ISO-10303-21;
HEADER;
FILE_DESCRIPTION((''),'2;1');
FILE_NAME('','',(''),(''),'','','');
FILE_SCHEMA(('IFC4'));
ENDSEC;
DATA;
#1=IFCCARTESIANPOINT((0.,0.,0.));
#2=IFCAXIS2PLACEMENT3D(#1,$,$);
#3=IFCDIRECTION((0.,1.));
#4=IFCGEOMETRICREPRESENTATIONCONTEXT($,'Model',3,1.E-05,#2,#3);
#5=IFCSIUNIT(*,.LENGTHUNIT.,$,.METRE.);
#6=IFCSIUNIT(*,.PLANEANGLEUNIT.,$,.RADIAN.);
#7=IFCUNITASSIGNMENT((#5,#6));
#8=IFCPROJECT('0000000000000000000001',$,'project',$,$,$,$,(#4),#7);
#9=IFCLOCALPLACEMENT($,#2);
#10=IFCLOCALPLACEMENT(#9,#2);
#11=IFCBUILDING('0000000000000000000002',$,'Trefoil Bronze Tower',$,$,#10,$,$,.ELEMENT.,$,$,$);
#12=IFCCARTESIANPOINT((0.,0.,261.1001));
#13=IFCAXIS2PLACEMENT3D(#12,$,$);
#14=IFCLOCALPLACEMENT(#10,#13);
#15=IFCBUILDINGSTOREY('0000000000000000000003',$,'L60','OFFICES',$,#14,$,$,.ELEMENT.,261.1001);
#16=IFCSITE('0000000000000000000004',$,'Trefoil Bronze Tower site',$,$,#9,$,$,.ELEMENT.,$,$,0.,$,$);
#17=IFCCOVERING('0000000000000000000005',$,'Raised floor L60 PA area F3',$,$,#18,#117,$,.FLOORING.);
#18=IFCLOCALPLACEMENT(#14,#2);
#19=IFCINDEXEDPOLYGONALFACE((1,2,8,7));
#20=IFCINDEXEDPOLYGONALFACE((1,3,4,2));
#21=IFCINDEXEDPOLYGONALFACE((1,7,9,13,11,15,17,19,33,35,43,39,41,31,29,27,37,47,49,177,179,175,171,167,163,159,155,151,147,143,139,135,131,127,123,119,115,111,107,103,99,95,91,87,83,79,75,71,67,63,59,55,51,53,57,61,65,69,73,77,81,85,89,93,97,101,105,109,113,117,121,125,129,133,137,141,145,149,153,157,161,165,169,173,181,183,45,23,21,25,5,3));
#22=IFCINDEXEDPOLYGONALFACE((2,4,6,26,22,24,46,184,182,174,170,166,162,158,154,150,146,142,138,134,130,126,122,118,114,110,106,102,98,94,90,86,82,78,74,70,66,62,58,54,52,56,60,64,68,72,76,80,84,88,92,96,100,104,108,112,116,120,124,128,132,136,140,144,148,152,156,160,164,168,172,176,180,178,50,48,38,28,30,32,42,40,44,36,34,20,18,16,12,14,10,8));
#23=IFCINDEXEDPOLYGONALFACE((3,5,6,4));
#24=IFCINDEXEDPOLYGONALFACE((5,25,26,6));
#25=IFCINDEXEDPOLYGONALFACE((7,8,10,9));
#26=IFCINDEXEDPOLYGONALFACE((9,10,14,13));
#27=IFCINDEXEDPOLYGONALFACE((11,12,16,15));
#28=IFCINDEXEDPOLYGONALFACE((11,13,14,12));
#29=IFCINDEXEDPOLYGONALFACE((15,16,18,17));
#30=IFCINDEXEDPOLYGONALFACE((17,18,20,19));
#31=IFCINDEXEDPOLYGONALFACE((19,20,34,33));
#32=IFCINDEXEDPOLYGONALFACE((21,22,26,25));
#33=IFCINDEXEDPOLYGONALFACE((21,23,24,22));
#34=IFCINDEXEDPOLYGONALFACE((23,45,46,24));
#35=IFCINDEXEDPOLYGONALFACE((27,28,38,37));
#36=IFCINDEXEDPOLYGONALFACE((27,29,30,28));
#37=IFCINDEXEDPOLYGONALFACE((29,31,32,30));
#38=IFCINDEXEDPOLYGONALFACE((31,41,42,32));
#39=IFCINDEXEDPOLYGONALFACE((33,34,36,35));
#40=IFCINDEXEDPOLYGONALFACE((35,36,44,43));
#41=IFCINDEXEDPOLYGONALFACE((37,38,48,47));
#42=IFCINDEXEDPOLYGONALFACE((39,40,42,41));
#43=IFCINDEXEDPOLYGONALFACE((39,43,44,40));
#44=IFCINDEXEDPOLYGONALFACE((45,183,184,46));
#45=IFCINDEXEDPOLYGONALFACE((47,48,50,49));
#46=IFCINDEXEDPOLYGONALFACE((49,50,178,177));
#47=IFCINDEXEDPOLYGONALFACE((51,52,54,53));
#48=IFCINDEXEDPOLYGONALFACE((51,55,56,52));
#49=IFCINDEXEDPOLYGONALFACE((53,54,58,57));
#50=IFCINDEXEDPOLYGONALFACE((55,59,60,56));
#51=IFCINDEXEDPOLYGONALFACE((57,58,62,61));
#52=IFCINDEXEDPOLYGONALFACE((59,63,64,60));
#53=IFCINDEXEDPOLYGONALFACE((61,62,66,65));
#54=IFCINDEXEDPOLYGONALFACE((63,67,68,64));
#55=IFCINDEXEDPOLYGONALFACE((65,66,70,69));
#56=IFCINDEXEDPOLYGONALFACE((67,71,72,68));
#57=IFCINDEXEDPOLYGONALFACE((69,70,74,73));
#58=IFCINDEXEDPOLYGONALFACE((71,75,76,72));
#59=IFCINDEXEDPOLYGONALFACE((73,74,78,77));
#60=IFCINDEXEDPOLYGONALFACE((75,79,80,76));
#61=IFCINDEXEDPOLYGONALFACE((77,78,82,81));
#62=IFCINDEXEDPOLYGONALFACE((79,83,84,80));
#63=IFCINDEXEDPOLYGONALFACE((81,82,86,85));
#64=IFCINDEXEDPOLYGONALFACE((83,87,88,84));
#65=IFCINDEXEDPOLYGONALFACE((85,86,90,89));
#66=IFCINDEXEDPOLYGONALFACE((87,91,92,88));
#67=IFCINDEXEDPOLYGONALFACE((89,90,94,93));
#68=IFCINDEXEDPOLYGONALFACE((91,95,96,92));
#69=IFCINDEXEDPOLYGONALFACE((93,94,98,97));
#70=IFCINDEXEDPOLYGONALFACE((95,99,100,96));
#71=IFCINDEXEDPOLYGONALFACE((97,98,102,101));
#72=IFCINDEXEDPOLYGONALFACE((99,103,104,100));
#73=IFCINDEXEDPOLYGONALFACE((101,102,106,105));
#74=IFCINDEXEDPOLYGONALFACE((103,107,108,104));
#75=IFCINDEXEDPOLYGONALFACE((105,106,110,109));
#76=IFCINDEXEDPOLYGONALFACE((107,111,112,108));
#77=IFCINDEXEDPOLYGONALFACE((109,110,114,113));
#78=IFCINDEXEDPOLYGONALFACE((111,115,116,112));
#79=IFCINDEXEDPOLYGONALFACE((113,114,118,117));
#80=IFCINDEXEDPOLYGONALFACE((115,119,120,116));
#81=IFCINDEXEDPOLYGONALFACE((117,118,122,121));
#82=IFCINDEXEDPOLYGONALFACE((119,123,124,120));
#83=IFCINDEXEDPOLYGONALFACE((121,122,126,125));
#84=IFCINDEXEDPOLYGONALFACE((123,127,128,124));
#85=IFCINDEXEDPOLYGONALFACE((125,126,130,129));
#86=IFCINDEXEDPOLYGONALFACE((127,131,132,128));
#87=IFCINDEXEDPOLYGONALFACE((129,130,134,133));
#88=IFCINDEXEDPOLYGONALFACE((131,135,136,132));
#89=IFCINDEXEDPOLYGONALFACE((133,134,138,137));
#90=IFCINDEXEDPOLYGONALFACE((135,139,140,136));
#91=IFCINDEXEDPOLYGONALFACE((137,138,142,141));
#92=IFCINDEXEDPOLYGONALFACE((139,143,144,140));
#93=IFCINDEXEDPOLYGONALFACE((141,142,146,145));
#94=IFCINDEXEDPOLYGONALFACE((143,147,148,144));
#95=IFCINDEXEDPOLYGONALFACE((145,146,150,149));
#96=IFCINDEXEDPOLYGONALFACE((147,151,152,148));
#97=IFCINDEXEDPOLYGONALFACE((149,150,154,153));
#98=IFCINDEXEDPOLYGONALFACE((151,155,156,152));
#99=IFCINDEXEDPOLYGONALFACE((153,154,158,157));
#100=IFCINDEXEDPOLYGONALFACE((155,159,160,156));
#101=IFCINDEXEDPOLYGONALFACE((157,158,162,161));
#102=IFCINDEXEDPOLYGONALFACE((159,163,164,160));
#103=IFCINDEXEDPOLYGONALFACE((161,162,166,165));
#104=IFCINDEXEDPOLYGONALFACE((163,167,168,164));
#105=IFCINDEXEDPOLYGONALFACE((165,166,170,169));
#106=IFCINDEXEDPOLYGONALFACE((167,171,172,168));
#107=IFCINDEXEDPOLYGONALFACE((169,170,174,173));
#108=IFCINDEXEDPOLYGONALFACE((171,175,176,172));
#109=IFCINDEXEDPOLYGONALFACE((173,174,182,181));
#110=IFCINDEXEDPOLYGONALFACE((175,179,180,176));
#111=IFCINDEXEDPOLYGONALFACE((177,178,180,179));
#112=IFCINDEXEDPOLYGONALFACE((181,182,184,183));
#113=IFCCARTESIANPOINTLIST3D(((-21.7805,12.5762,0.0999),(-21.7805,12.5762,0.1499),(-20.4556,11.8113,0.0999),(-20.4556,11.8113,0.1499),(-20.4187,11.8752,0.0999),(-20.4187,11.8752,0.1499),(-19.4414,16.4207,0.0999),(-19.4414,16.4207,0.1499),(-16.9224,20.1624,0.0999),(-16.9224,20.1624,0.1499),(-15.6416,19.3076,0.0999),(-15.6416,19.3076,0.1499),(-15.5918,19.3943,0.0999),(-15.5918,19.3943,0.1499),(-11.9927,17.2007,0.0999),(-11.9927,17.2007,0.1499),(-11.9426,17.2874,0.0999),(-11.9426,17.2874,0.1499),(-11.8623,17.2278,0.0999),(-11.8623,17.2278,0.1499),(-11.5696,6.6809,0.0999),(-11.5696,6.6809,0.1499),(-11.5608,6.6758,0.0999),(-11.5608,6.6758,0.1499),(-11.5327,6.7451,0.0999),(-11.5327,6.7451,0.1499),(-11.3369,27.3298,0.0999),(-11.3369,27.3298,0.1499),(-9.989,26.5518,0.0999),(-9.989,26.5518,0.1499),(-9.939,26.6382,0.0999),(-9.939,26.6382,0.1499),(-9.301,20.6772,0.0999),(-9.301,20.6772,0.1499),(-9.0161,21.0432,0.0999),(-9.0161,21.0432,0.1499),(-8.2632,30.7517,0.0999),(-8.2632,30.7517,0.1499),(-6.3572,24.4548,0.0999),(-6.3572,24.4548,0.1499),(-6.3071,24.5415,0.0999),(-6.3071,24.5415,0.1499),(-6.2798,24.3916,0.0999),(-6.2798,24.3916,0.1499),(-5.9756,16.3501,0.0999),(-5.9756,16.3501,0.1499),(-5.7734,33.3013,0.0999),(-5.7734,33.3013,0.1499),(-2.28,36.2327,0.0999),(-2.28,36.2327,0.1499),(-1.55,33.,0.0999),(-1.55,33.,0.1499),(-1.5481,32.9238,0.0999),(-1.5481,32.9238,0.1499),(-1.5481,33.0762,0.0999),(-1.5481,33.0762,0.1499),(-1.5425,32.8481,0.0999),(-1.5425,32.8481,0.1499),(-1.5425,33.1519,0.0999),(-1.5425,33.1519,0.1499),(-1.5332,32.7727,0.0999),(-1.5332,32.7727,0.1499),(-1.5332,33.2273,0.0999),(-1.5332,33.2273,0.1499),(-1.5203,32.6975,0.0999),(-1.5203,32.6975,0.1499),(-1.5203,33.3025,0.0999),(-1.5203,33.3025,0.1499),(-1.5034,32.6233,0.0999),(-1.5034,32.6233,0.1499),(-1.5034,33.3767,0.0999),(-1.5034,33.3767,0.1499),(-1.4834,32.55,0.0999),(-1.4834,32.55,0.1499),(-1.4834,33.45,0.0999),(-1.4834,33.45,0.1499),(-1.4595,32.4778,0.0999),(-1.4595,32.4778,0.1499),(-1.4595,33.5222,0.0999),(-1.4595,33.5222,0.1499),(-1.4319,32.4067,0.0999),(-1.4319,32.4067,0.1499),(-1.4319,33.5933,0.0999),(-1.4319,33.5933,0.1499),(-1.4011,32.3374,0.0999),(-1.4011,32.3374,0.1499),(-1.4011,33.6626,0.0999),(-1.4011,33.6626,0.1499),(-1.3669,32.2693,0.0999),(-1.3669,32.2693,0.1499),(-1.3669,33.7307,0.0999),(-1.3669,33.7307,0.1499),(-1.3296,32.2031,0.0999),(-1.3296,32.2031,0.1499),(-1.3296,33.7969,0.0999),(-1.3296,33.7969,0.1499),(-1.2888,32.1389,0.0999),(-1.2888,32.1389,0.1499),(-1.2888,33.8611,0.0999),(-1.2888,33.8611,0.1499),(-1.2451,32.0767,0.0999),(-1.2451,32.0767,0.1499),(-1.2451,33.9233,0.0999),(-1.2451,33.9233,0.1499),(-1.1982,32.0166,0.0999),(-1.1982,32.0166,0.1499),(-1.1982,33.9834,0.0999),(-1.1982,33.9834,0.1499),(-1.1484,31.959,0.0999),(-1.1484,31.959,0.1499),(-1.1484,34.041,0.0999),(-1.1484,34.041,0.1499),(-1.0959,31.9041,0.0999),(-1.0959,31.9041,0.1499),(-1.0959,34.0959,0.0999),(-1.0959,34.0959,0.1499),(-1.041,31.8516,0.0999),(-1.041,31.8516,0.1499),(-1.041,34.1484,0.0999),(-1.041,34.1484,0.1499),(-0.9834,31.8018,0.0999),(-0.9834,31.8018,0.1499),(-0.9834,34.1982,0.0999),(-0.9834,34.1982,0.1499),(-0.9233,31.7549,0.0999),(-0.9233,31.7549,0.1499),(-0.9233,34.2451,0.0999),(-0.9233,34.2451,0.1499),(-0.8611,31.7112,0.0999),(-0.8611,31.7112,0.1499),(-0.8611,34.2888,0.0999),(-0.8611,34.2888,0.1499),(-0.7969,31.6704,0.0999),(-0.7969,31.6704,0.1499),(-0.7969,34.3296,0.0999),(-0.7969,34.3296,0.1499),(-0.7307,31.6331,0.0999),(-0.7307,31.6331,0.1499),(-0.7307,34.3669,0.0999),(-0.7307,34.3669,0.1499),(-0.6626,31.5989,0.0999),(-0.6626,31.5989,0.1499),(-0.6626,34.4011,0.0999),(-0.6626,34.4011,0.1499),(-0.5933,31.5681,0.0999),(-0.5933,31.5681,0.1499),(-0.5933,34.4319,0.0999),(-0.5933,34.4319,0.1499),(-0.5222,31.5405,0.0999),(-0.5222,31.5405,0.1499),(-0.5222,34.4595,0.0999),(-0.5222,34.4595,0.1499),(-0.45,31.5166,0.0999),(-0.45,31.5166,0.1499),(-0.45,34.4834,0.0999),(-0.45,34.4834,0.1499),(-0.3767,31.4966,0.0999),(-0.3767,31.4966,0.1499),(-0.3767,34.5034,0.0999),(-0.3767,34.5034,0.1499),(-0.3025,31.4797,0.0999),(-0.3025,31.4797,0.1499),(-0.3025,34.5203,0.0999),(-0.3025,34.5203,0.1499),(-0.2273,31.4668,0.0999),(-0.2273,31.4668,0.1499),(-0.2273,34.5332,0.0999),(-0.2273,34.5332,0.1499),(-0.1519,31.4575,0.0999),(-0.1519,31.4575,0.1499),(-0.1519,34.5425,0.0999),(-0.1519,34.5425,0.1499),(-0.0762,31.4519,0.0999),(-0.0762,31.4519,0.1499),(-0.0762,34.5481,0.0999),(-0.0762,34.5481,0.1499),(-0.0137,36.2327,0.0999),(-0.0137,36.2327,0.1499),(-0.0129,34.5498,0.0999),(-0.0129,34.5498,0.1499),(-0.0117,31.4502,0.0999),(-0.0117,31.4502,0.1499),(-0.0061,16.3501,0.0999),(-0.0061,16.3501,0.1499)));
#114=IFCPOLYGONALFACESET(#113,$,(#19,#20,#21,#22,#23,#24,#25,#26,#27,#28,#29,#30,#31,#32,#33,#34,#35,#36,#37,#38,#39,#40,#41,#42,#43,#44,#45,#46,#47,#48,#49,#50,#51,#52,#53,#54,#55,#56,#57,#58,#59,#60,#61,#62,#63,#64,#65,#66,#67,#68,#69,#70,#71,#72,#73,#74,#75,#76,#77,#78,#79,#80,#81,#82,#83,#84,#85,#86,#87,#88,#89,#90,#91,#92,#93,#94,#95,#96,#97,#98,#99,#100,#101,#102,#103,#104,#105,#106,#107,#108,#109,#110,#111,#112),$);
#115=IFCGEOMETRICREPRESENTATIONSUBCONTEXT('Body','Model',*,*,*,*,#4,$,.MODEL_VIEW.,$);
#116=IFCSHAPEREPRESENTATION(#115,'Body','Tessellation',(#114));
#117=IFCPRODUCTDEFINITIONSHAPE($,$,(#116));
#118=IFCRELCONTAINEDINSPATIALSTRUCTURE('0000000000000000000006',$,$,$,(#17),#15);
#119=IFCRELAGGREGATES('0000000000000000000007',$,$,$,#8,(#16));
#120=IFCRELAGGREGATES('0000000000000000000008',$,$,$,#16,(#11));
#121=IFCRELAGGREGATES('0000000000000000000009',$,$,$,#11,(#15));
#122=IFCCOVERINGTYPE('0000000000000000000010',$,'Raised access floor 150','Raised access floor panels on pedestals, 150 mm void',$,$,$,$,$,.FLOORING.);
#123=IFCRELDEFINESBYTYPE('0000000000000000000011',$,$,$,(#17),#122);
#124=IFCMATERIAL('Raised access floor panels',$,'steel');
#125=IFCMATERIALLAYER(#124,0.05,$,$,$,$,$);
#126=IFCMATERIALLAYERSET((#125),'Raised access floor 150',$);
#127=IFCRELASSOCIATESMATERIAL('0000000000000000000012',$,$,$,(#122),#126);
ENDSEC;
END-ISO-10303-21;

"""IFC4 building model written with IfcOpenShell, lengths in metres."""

from ifc_helpers import new_model, si_unit, direction, frame, origin, place, context, subcontext, project, spatial, polyline, outline, extrude, material, layer, layer_set, type_object, element, save


model = new_model("IFC4")

# Units and contexts
model_context = context("Model", 3, precision=1e-05, world=origin(), true_north=direction((0.0, 1.0)))
body_context = subcontext(model_context, "Body", "Model", "MODEL_VIEW")
ifc_project = project(units=[si_unit("LENGTHUNIT", "METRE"), si_unit("PLANEANGLEUNIT", "RADIAN")], contexts=[model_context])

# Site, building, storey
site_placement = place(None, origin())
site = spatial("IfcSite", under=ifc_project, at=site_placement, Name="Trefoil Bronze Tower site", CompositionType="ELEMENT", RefElevation=0.0)
building_placement = place(site_placement, origin())
building = spatial("IfcBuilding", under=site, at=building_placement, Name="Trefoil Bronze Tower", CompositionType="ELEMENT")
storey_placement = place(building_placement, frame((0.0, 0.0, 261.1001)))
storey = spatial("IfcBuildingStorey", under=building, at=storey_placement, Name="L60", Description="OFFICES", CompositionType="ELEMENT", Elevation=261.1001)

# Covering
ifc_material_1 = material(Name="Raised access floor panels", Category="steel")
ifc_layer_1 = layer(ifc_material_1, 0.05)
ifc_layer_set_1 = layer_set([ifc_layer_1], Name="Raised access floor 150")
covering_type_1 = type_object("IfcCoveringType", Name="Raised access floor 150", Description="Raised access floor panels on pedestals, 150 mm void", PredefinedType="FLOORING", material=ifc_layer_set_1)
covering_1_placement = place(storey_placement, frame((0.0, 0.0, 0.0999)))
element("IfcCovering", 1, at=covering_1_placement, inside=storey, type_object=covering_type_1, Name="Raised floor L60 PA area F3", PredefinedType="FLOORING", context=body_context, shape_type="SweptSolid", body=[
    extrude(outline(polyline([(-11.5608, 6.6758), (-11.5696, 6.6809), (-11.5327, 6.7451), (-20.4187, 11.8752), (-20.4556, 11.8113), (-21.7805, 12.5762), (-19.4414, 16.4207), (-16.9224, 20.1624), (-15.5918, 19.3943), (-15.6416, 19.3076), (-11.9927, 17.2007), (-11.9426, 17.2874), (-11.8623, 17.2278), (-9.301, 20.6772), (-9.0161, 21.0432), (-6.2798, 24.3916), (-6.3572, 24.4548), (-6.3071, 24.5415), (-9.939, 26.6382), (-9.989, 26.5518), (-11.3369, 27.3298), (-8.2632, 30.7517), (-5.7734, 33.3013), (-2.28, 36.2327), (-0.0137, 36.2327), (-0.0129, 34.5498), (-0.0762, 34.5481), (-0.1519, 34.5425), (-0.2273, 34.5332), (-0.3025, 34.5203), (-0.3767, 34.5034), (-0.45, 34.4834), (-0.5222, 34.4595), (-0.5933, 34.4319), (-0.6626, 34.4011), (-0.7307, 34.3669), (-0.7969, 34.3296), (-0.8611, 34.2888), (-0.9233, 34.2451), (-0.9834, 34.1982), (-1.041, 34.1484), (-1.0959, 34.0959), (-1.1484, 34.041), (-1.1982, 33.9834), (-1.2451, 33.9233), (-1.2888, 33.8611), (-1.3296, 33.7969), (-1.3669, 33.7307), (-1.4011, 33.6626), (-1.4319, 33.5933), (-1.4595, 33.5222), (-1.4834, 33.45), (-1.5034, 33.3767), (-1.5203, 33.3025), (-1.5332, 33.2273), (-1.5425, 33.1519), (-1.5481, 33.0762), (-1.55, 33.0), (-1.5481, 32.9238), (-1.5425, 32.8481), (-1.5332, 32.7727), (-1.5203, 32.6975), (-1.5034, 32.6233), (-1.4834, 32.55), (-1.4595, 32.4778), (-1.4319, 32.4067), (-1.4011, 32.3374), (-1.3669, 32.2693), (-1.3296, 32.2031), (-1.2888, 32.1389), (-1.2451, 32.0767), (-1.1982, 32.0166), (-1.1484, 31.959), (-1.0959, 31.9041), (-1.041, 31.8516), (-0.9834, 31.8018), (-0.9233, 31.7549), (-0.8611, 31.7112), (-0.7969, 31.6704), (-0.7307, 31.6331), (-0.6626, 31.5989), (-0.5933, 31.5681), (-0.5222, 31.5405), (-0.45, 31.5166), (-0.3767, 31.4966), (-0.3025, 31.4797), (-0.2273, 31.4668), (-0.1519, 31.4575), (-0.0762, 31.4519), (-0.0117, 31.4502), (-0.0061, 16.3501), (-5.9756, 16.3501), (-11.5608, 6.6758)])), origin(), (0.0, 0.0, 1.0), 0.05),
])

save(model, "model.ifc")
